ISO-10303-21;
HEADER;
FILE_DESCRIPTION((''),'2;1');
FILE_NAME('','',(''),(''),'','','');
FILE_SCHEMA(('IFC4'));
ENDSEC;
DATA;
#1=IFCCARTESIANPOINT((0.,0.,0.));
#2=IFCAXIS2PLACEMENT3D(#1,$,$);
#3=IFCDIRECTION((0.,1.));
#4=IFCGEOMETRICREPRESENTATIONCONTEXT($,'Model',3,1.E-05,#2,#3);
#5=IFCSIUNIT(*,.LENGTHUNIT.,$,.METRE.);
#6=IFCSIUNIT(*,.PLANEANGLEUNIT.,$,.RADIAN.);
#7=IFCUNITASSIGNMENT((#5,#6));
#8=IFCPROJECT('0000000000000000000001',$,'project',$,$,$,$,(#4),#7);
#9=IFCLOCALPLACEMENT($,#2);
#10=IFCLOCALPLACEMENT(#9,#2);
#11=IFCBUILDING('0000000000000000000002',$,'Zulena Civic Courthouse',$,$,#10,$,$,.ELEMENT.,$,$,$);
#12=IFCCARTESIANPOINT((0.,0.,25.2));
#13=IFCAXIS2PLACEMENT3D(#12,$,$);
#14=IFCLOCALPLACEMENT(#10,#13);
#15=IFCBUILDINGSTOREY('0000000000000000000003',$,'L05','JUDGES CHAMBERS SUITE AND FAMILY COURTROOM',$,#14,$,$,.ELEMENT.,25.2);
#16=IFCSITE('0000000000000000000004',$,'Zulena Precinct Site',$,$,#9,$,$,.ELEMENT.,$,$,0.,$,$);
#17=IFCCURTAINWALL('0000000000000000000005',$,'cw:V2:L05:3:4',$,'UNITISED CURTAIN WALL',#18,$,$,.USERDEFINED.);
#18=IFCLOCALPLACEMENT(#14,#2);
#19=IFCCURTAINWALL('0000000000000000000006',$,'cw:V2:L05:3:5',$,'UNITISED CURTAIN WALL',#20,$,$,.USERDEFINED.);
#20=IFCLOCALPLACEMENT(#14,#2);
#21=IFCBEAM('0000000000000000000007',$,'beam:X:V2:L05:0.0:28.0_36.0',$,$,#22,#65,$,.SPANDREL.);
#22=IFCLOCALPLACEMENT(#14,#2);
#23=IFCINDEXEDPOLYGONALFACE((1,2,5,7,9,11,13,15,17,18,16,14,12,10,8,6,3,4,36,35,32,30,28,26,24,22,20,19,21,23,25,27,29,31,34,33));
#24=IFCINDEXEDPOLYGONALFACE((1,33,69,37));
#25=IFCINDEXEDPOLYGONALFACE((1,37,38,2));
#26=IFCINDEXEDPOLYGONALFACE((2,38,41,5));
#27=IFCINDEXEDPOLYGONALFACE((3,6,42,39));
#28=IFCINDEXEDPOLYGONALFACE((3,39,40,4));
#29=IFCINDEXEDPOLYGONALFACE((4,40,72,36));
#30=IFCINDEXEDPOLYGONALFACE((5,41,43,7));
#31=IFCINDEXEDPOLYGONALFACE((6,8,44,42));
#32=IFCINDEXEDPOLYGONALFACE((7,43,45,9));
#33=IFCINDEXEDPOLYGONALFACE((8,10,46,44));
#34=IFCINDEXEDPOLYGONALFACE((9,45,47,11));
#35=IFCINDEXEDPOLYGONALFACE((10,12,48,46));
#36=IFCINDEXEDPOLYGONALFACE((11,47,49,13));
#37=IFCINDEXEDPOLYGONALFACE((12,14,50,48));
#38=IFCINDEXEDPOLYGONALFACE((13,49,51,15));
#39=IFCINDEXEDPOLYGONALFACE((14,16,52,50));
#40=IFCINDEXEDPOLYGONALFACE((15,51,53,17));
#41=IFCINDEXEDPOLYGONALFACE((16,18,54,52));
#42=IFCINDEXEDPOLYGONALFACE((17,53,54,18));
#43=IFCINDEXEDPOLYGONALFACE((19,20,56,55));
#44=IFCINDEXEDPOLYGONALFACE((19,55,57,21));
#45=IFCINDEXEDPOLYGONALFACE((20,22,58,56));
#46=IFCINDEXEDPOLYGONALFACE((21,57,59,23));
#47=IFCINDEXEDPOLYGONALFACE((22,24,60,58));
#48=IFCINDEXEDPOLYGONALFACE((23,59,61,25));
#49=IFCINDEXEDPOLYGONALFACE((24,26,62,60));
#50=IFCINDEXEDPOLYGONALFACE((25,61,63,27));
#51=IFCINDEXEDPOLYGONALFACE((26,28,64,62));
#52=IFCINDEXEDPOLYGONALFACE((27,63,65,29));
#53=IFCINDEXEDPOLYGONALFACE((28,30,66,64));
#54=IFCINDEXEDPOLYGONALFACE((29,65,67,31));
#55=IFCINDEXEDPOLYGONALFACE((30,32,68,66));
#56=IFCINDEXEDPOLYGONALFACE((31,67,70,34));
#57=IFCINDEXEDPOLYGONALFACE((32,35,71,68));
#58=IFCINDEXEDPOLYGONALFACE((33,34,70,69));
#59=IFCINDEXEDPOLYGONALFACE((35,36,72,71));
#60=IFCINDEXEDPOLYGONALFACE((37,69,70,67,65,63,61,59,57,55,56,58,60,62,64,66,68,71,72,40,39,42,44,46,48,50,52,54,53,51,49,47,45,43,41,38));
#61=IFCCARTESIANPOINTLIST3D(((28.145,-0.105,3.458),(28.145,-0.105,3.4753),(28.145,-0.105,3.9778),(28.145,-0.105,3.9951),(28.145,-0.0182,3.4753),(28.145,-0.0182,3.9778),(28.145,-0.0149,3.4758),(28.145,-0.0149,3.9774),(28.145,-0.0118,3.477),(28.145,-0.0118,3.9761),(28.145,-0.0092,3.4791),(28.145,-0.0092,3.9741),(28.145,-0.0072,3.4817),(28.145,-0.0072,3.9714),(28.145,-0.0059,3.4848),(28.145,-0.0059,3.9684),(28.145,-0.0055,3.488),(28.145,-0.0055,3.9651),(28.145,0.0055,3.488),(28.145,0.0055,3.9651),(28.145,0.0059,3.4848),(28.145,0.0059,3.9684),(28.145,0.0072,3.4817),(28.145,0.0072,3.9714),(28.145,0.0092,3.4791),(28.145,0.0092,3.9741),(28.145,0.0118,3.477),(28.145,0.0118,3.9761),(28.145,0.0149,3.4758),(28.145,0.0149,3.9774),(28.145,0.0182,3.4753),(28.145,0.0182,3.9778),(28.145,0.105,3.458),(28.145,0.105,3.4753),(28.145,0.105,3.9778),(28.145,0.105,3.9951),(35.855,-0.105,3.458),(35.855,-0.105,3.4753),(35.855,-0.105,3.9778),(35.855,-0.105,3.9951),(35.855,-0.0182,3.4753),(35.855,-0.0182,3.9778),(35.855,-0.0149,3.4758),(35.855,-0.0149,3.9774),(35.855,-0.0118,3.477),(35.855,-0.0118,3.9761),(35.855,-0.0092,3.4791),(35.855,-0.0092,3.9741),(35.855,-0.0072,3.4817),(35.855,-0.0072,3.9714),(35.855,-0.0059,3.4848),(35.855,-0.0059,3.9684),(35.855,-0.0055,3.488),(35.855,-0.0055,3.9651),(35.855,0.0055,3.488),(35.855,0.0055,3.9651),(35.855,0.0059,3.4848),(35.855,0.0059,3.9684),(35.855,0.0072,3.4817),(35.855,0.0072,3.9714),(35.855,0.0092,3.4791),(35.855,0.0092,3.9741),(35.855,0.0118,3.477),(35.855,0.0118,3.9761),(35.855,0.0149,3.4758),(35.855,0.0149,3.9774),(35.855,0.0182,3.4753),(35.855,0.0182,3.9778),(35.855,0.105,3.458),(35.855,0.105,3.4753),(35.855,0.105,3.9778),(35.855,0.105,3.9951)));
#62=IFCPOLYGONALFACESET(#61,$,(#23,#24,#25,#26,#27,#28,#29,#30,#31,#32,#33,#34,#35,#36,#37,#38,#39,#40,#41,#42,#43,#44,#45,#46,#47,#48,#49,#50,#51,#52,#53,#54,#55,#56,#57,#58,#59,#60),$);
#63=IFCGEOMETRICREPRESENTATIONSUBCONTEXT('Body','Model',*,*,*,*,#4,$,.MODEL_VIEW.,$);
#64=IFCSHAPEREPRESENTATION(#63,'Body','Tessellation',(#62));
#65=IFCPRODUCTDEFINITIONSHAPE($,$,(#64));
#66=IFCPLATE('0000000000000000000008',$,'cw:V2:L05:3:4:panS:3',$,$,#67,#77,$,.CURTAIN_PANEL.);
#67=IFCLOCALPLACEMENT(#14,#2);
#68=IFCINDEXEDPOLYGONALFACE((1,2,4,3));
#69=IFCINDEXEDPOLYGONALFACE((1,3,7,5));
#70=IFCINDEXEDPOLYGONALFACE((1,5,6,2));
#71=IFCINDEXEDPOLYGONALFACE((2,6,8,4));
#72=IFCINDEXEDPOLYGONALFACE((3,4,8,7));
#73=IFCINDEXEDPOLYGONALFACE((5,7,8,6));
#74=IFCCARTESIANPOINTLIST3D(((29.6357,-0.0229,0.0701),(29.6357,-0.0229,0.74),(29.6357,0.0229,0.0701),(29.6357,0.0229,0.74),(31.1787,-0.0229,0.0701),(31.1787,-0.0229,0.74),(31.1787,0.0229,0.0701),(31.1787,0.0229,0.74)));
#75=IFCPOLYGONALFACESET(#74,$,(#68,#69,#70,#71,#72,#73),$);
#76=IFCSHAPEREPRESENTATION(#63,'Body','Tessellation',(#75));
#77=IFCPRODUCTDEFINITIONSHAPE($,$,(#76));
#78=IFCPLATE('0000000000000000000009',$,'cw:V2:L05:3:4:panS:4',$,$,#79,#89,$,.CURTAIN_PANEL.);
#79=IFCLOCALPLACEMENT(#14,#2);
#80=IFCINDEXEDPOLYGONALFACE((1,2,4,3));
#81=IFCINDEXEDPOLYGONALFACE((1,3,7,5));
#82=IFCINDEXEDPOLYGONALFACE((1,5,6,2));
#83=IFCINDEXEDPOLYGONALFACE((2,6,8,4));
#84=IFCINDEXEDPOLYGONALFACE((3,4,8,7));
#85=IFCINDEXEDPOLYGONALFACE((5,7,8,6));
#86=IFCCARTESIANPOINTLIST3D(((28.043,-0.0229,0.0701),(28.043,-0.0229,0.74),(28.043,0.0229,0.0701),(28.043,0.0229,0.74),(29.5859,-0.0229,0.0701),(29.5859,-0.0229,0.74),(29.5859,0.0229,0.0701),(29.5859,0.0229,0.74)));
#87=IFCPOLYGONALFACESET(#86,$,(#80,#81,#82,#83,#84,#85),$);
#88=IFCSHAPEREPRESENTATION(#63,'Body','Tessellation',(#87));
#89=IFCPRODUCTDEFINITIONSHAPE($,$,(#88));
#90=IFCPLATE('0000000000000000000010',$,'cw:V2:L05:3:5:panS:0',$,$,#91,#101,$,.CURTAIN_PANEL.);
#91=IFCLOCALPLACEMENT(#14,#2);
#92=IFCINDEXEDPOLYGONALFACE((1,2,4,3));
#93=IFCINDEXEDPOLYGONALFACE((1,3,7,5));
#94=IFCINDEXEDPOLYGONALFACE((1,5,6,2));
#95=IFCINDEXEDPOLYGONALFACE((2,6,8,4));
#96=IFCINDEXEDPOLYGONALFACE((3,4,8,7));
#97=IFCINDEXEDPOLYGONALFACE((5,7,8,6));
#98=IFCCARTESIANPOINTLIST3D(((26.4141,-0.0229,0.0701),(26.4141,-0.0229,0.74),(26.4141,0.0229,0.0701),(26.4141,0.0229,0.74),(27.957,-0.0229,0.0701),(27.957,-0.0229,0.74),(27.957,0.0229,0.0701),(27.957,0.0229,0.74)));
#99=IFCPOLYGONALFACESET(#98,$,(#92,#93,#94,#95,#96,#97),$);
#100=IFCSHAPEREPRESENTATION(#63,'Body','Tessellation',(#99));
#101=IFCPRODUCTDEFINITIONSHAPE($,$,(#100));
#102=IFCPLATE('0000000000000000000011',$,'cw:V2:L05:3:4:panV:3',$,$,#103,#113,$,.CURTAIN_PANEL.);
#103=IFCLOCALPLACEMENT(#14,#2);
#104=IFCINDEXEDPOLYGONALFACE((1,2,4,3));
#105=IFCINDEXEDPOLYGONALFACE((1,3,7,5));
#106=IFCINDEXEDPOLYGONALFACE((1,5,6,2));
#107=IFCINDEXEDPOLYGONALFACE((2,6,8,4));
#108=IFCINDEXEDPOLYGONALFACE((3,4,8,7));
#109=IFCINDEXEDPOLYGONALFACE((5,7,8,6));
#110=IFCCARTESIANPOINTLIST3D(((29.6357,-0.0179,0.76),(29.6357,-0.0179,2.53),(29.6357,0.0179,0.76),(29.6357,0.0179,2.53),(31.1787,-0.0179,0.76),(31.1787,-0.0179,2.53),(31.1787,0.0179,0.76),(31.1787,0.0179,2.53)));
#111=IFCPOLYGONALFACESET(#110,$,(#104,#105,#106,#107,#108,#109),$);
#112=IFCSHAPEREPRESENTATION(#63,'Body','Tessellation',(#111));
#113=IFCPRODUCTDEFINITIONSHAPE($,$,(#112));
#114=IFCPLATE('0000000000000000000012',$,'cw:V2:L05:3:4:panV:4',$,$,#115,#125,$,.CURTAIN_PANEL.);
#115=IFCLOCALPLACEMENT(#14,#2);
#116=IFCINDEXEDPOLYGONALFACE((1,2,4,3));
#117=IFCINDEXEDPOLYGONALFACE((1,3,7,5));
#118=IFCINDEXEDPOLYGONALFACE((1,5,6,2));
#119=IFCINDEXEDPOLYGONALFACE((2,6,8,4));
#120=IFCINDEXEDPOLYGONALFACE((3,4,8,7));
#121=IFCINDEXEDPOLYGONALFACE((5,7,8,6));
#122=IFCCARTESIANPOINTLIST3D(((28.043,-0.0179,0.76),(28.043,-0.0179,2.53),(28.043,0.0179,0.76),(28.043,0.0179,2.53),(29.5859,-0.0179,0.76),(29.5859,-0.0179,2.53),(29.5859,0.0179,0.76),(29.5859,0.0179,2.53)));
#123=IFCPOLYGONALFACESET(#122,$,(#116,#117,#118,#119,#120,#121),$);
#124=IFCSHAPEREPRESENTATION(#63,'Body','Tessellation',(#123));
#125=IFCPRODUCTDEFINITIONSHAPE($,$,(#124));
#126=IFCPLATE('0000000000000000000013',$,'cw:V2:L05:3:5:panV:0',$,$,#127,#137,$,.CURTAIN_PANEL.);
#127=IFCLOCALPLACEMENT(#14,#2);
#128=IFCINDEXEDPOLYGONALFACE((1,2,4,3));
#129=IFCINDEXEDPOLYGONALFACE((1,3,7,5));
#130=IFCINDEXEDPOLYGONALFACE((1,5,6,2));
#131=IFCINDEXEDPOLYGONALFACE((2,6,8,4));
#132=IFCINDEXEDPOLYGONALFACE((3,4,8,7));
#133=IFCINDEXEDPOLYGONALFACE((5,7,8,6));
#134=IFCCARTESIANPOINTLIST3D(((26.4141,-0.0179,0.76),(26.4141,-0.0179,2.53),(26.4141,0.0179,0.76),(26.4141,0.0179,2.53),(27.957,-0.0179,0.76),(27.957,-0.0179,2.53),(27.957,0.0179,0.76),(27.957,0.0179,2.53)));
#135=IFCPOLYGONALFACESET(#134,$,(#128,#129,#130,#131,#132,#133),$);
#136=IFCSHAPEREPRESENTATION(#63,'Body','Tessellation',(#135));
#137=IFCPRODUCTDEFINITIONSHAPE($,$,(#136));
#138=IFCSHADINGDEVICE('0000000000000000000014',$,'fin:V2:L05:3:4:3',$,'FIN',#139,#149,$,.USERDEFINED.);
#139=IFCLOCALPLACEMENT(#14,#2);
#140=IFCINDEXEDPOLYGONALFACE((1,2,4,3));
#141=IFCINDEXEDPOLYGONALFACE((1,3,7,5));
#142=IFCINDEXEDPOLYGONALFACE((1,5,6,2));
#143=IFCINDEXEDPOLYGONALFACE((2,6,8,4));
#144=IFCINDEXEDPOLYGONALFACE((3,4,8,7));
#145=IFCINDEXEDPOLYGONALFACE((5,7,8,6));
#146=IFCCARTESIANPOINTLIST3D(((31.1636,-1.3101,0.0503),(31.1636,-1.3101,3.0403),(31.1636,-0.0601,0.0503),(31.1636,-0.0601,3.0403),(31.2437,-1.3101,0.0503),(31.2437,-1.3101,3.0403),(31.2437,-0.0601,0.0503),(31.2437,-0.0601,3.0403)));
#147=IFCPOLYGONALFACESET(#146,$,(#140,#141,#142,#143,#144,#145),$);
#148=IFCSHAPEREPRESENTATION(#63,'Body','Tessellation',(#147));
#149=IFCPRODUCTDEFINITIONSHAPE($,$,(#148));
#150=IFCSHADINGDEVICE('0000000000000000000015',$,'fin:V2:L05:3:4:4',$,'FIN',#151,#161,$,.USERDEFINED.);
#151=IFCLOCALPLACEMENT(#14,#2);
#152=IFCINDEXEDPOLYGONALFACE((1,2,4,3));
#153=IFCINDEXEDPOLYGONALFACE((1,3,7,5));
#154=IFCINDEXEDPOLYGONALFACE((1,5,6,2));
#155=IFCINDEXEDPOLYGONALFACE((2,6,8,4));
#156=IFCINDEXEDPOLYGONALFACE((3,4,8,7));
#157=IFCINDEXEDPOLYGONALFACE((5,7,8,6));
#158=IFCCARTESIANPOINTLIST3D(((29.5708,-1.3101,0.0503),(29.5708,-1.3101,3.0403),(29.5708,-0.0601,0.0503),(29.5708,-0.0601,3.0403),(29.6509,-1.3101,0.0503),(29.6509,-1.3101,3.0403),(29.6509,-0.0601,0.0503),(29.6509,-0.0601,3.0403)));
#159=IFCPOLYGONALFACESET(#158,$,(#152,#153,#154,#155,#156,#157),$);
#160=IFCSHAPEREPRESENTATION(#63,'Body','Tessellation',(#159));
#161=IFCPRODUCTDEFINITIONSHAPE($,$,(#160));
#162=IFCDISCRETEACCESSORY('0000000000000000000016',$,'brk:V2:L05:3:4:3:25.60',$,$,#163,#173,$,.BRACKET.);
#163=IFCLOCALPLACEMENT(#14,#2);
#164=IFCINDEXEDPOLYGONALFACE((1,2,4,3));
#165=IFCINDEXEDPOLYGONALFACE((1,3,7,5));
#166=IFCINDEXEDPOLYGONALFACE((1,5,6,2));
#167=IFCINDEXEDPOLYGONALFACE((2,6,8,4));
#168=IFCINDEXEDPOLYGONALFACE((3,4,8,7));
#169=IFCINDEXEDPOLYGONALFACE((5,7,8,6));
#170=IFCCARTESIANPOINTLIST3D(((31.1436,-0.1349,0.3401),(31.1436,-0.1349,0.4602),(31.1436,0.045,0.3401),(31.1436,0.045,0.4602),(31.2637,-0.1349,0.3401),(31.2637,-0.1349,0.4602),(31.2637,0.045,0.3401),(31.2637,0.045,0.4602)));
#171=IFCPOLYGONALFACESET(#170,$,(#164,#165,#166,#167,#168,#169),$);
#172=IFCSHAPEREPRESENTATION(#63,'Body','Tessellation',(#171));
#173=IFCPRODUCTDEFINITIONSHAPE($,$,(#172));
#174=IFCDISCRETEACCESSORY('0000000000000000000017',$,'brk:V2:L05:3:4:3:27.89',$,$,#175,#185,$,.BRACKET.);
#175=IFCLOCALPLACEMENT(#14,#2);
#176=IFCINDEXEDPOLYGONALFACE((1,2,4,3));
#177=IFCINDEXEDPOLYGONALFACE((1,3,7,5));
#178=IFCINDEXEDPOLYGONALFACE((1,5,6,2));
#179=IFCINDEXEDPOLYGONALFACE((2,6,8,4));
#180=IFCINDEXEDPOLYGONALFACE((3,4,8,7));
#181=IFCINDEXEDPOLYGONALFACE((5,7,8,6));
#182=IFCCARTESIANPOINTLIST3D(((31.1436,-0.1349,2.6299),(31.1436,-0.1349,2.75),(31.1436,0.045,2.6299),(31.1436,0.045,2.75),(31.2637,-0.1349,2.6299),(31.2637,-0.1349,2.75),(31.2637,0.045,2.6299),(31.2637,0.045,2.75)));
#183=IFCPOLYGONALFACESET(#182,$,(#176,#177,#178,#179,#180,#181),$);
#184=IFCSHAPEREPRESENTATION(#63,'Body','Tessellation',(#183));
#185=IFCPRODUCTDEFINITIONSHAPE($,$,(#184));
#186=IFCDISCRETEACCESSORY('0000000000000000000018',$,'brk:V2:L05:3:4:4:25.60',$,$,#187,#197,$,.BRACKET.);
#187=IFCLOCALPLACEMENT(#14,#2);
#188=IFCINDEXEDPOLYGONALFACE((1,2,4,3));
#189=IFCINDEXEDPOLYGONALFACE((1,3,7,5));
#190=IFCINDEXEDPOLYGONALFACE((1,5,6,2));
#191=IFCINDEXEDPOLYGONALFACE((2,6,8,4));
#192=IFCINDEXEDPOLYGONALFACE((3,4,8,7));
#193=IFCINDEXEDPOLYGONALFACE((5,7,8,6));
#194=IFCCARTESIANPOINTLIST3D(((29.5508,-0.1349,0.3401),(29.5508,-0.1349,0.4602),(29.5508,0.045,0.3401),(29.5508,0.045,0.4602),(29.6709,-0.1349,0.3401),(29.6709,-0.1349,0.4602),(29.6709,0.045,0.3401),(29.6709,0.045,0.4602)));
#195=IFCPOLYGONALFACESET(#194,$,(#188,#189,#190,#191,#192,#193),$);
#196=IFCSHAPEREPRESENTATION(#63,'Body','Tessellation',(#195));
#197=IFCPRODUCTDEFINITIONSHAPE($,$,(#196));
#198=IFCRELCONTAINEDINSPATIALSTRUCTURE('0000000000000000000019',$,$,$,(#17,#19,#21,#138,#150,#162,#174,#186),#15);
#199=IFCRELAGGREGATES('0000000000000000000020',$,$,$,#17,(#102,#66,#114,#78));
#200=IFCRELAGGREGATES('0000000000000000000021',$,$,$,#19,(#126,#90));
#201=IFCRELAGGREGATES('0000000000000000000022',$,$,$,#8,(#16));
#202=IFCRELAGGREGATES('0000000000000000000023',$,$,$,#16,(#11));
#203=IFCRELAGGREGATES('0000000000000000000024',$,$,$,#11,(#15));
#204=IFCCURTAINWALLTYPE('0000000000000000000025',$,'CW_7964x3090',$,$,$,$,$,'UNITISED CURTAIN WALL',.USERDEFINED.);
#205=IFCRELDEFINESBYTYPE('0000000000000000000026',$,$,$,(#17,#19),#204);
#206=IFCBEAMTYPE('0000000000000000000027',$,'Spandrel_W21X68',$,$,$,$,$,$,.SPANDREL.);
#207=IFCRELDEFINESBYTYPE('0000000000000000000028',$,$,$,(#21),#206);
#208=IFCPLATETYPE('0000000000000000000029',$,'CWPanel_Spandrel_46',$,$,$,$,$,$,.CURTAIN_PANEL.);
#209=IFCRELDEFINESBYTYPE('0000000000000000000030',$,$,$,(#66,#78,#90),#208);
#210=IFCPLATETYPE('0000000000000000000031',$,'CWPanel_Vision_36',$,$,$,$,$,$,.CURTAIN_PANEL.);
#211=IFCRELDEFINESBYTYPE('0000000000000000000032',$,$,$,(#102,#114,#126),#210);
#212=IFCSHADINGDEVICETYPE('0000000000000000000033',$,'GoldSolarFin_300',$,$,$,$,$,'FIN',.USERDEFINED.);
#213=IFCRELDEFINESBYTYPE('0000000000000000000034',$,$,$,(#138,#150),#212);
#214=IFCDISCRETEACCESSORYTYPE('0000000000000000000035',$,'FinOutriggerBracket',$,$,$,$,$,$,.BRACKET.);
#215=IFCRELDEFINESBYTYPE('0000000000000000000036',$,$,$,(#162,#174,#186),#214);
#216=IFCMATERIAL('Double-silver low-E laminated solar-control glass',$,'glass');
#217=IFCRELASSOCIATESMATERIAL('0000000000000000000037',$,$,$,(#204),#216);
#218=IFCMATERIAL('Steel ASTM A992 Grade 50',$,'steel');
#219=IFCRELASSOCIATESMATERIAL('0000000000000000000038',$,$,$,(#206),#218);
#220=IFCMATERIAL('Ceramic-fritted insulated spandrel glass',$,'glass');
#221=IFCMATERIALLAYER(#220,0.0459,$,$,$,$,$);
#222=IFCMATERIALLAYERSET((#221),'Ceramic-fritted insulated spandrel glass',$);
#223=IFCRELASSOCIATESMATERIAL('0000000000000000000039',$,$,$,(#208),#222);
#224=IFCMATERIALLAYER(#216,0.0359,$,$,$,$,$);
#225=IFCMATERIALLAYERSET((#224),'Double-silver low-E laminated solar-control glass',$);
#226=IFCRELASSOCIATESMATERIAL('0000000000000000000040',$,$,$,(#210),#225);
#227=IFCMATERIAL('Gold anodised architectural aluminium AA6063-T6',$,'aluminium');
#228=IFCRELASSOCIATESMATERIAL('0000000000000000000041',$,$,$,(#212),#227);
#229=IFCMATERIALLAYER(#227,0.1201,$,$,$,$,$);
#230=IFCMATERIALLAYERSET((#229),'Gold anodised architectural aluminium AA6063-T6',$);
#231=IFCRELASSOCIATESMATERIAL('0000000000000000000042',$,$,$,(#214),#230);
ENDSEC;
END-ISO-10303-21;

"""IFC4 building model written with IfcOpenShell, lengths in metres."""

from ifc_helpers import new_model, si_unit, direction, frame, origin, origin_2d, place, context, subcontext, project, spatial, rectangle, i_section, extrude, material, layer, layer_set, material_profile, profile_set, type_object, element, aggregate, save


model = new_model("IFC4")

# Units and contexts
model_context = context("Model", 3, precision=1e-05, world=origin(), true_north=direction((0.0, 1.0)))
body_context = subcontext(model_context, "Body", "Model", "MODEL_VIEW")
ifc_project = project(units=[si_unit("LENGTHUNIT", "METRE"), si_unit("PLANEANGLEUNIT", "RADIAN")], contexts=[model_context])

# Site, building, storey
site_placement = place(None, origin())
site = spatial("IfcSite", under=ifc_project, at=site_placement, Name="Zulena Precinct Site", CompositionType="ELEMENT", RefElevation=0.0)
building_placement = place(site_placement, origin())
building = spatial("IfcBuilding", under=site, at=building_placement, Name="Zulena Civic Courthouse", CompositionType="ELEMENT")
storey_placement = place(building_placement, frame((0.0, 0.0, 25.2)))
storey = spatial("IfcBuildingStorey", under=building, at=storey_placement, Name="L05", Description="JUDGES CHAMBERS SUITE AND FAMILY COURTROOM", CompositionType="ELEMENT", Elevation=25.2)

# Shared definitions
ifc_material_1 = material(Name="Steel ASTM A992 Grade 50", Category="steel")

# Curtain walls
ifc_material_2 = material(Name="Double-silver low-E laminated solar-control glass", Category="glass")
curtain_wall_type = type_object("IfcCurtainWallType", Name="CW_7964x3090", ElementType="UNITISED CURTAIN WALL", PredefinedType="USERDEFINED", material=ifc_material_2)
curtain_wall_1_placement = place(storey_placement, origin())
curtain_wall_1 = element("IfcCurtainWall", 1, at=curtain_wall_1_placement, inside=storey, type_object=curtain_wall_type, Name="cw:V2:L05:3:4", ObjectType="UNITISED CURTAIN WALL", PredefinedType="USERDEFINED")
curtain_wall_2_placement = place(storey_placement, origin())
curtain_wall_2 = element("IfcCurtainWall", 2, at=curtain_wall_2_placement, inside=storey, type_object=curtain_wall_type, Name="cw:V2:L05:3:5", ObjectType="UNITISED CURTAIN WALL", PredefinedType="USERDEFINED")

# Beam
ifc_material_profile_1 = material_profile(ifc_material_1, i_section(OverallWidth=0.21, OverallDepth=0.5371, WebThickness=0.011, FlangeThickness=0.0173, FilletRadius=0.0127, at=origin_2d()), Name="W21X68")
ifc_profile_set_1 = profile_set([ifc_material_profile_1], Name="Steel ASTM A992 Grade 50")
beam_type = type_object("IfcBeamType", Name="Spandrel_W21X68", PredefinedType="SPANDREL", material=ifc_profile_set_1)
beam_placement = place(storey_placement, frame((28.145, 0.0, 3.7266), z_axis=(1.0, 0.0, 0.0), x_axis=(0.0, 1.0, 0.0)))
element("IfcBeam", 3, at=beam_placement, inside=storey, type_object=beam_type, Name="beam:X:V2:L05:0.0:28.0_36.0", PredefinedType="SPANDREL", context=body_context, shape_type="SweptSolid", body=[
    extrude(i_section(OverallWidth=0.21, OverallDepth=0.5371, WebThickness=0.011, FlangeThickness=0.0173, FilletRadius=0.0127, at=origin_2d()), origin(), (0.0, 0.0, 1.0), 7.71),
])

# Plates
ifc_material_3 = material(Name="Ceramic-fritted insulated spandrel glass", Category="glass")
ifc_layer_1 = layer(ifc_material_3, 0.0459)
ifc_layer_set_1 = layer_set([ifc_layer_1], Name="Ceramic-fritted insulated spandrel glass")
plate_type_1 = type_object("IfcPlateType", Name="CWPanel_Spandrel_46", PredefinedType="CURTAIN_PANEL", material=ifc_layer_set_1)
plate_1_placement = place(storey_placement, frame((30.4072, 0.0, 0.0701), z_axis=(0.0, 0.0, 1.0), x_axis=(-1.0, 0.0, 0.0)))
plate_1 = element("IfcPlate", 4, at=plate_1_placement, type_object=plate_type_1, Name="cw:V2:L05:3:4:panS:3", PredefinedType="CURTAIN_PANEL", context=body_context, shape_type="SweptSolid", body=[
    extrude(rectangle(XDim=1.543, YDim=0.0459, at=origin_2d()), origin(), (0.0, 0.0, 1.0), 0.6699),
])
plate_2_placement = place(storey_placement, frame((28.8145, 0.0, 0.0701), z_axis=(0.0, 0.0, 1.0), x_axis=(-1.0, 0.0, 0.0)))
plate_2 = element("IfcPlate", 5, at=plate_2_placement, type_object=plate_type_1, Name="cw:V2:L05:3:4:panS:4", PredefinedType="CURTAIN_PANEL", context=body_context, shape_type="SweptSolid", body=[
    extrude(rectangle(XDim=1.543, YDim=0.0459, at=origin_2d()), origin(), (0.0, 0.0, 1.0), 0.6699),
])
plate_3_placement = place(storey_placement, frame((27.1855, 0.0, 0.0701), z_axis=(0.0, 0.0, 1.0), x_axis=(-1.0, 0.0, 0.0)))
plate_3 = element("IfcPlate", 6, at=plate_3_placement, type_object=plate_type_1, Name="cw:V2:L05:3:5:panS:0", PredefinedType="CURTAIN_PANEL", context=body_context, shape_type="SweptSolid", body=[
    extrude(rectangle(XDim=1.543, YDim=0.0459, at=origin_2d()), origin(), (0.0, 0.0, 1.0), 0.6699),
])
ifc_layer_2 = layer(ifc_material_2, 0.0359)
ifc_layer_set_2 = layer_set([ifc_layer_2], Name="Double-silver low-E laminated solar-control glass")
plate_type_2 = type_object("IfcPlateType", Name="CWPanel_Vision_36", PredefinedType="CURTAIN_PANEL", material=ifc_layer_set_2)
plate_4_placement = place(storey_placement, frame((30.4072, 0.0, 0.76), z_axis=(0.0, 0.0, 1.0), x_axis=(-1.0, 0.0, 0.0)))
plate_4 = element("IfcPlate", 7, at=plate_4_placement, type_object=plate_type_2, Name="cw:V2:L05:3:4:panV:3", PredefinedType="CURTAIN_PANEL", context=body_context, shape_type="SweptSolid", body=[
    extrude(rectangle(XDim=1.543, YDim=0.0359, at=origin_2d()), origin(), (0.0, 0.0, 1.0), 1.77),
])
plate_5_placement = place(storey_placement, frame((28.8145, 0.0, 0.76), z_axis=(0.0, 0.0, 1.0), x_axis=(-1.0, 0.0, 0.0)))
plate_5 = element("IfcPlate", 8, at=plate_5_placement, type_object=plate_type_2, Name="cw:V2:L05:3:4:panV:4", PredefinedType="CURTAIN_PANEL", context=body_context, shape_type="SweptSolid", body=[
    extrude(rectangle(XDim=1.543, YDim=0.0359, at=origin_2d()), origin(), (0.0, 0.0, 1.0), 1.77),
])
aggregate(curtain_wall_1, [plate_4, plate_1, plate_5, plate_2])
plate_6_placement = place(storey_placement, frame((27.1855, 0.0, 0.76), z_axis=(0.0, 0.0, 1.0), x_axis=(-1.0, 0.0, 0.0)))
plate_6 = element("IfcPlate", 9, at=plate_6_placement, type_object=plate_type_2, Name="cw:V2:L05:3:5:panV:0", PredefinedType="CURTAIN_PANEL", context=body_context, shape_type="SweptSolid", body=[
    extrude(rectangle(XDim=1.543, YDim=0.0359, at=origin_2d()), origin(), (0.0, 0.0, 1.0), 1.77),
])
aggregate(curtain_wall_2, [plate_6, plate_3])

# Shading devices
ifc_material_4 = material(Name="Gold anodised architectural aluminium AA6063-T6", Category="aluminium")
shading_device_type = type_object("IfcShadingDeviceType", Name="GoldSolarFin_300", ElementType="FIN", PredefinedType="USERDEFINED", material=ifc_material_4)
for number, where, z_axis, x_axis, name in (
    (10, (31.2036, -0.6851, 0.0503), (0.0, 0.0, 1.0), (0.0, -1.0, 0.0), "fin:V2:L05:3:4:3"),
    (11, (29.6108, -0.6851, 0.0503), (0.0, 0.0, 1.0), (0.0, -1.0, 0.0), "fin:V2:L05:3:4:4"),
):
    element("IfcShadingDevice", number, at=place(storey_placement, frame(where, z_axis=z_axis, x_axis=x_axis)), inside=storey, type_object=shading_device_type, Name=name, ObjectType="FIN", PredefinedType="USERDEFINED", context=body_context, shape_type="SweptSolid", body=[
        extrude(rectangle(XDim=1.25, YDim=0.0801, at=origin_2d()), origin(), (0.0, 0.0, 1.0), 2.99),
    ])

# Discrete accessories
ifc_layer_3 = layer(ifc_material_4, 0.1201)
ifc_layer_set_3 = layer_set([ifc_layer_3], Name="Gold anodised architectural aluminium AA6063-T6")
discrete_accessory_type = type_object("IfcDiscreteAccessoryType", Name="FinOutriggerBracket", PredefinedType="BRACKET", material=ifc_layer_set_3)
for number, where, z_axis, x_axis, name in (
    (12, (31.2036, -0.0449, 0.3401), (0.0, 0.0, 1.0), (0.0, -1.0, 0.0), "brk:V2:L05:3:4:3:25.60"),
    (13, (31.2036, -0.0449, 2.6299), (0.0, 0.0, 1.0), (0.0, -1.0, 0.0), "brk:V2:L05:3:4:3:27.89"),
    (14, (29.6108, -0.0449, 0.3401), (0.0, 0.0, 1.0), (0.0, -1.0, 0.0), "brk:V2:L05:3:4:4:25.60"),
):
    element("IfcDiscreteAccessory", number, at=place(storey_placement, frame(where, z_axis=z_axis, x_axis=x_axis)), inside=storey, type_object=discrete_accessory_type, Name=name, PredefinedType="BRACKET", context=body_context, shape_type="SweptSolid", body=[
        extrude(rectangle(XDim=0.1799, YDim=0.1201, at=origin_2d()), origin(), (0.0, 0.0, 1.0), 0.1201),
    ])

save(model, "model.ifc")
